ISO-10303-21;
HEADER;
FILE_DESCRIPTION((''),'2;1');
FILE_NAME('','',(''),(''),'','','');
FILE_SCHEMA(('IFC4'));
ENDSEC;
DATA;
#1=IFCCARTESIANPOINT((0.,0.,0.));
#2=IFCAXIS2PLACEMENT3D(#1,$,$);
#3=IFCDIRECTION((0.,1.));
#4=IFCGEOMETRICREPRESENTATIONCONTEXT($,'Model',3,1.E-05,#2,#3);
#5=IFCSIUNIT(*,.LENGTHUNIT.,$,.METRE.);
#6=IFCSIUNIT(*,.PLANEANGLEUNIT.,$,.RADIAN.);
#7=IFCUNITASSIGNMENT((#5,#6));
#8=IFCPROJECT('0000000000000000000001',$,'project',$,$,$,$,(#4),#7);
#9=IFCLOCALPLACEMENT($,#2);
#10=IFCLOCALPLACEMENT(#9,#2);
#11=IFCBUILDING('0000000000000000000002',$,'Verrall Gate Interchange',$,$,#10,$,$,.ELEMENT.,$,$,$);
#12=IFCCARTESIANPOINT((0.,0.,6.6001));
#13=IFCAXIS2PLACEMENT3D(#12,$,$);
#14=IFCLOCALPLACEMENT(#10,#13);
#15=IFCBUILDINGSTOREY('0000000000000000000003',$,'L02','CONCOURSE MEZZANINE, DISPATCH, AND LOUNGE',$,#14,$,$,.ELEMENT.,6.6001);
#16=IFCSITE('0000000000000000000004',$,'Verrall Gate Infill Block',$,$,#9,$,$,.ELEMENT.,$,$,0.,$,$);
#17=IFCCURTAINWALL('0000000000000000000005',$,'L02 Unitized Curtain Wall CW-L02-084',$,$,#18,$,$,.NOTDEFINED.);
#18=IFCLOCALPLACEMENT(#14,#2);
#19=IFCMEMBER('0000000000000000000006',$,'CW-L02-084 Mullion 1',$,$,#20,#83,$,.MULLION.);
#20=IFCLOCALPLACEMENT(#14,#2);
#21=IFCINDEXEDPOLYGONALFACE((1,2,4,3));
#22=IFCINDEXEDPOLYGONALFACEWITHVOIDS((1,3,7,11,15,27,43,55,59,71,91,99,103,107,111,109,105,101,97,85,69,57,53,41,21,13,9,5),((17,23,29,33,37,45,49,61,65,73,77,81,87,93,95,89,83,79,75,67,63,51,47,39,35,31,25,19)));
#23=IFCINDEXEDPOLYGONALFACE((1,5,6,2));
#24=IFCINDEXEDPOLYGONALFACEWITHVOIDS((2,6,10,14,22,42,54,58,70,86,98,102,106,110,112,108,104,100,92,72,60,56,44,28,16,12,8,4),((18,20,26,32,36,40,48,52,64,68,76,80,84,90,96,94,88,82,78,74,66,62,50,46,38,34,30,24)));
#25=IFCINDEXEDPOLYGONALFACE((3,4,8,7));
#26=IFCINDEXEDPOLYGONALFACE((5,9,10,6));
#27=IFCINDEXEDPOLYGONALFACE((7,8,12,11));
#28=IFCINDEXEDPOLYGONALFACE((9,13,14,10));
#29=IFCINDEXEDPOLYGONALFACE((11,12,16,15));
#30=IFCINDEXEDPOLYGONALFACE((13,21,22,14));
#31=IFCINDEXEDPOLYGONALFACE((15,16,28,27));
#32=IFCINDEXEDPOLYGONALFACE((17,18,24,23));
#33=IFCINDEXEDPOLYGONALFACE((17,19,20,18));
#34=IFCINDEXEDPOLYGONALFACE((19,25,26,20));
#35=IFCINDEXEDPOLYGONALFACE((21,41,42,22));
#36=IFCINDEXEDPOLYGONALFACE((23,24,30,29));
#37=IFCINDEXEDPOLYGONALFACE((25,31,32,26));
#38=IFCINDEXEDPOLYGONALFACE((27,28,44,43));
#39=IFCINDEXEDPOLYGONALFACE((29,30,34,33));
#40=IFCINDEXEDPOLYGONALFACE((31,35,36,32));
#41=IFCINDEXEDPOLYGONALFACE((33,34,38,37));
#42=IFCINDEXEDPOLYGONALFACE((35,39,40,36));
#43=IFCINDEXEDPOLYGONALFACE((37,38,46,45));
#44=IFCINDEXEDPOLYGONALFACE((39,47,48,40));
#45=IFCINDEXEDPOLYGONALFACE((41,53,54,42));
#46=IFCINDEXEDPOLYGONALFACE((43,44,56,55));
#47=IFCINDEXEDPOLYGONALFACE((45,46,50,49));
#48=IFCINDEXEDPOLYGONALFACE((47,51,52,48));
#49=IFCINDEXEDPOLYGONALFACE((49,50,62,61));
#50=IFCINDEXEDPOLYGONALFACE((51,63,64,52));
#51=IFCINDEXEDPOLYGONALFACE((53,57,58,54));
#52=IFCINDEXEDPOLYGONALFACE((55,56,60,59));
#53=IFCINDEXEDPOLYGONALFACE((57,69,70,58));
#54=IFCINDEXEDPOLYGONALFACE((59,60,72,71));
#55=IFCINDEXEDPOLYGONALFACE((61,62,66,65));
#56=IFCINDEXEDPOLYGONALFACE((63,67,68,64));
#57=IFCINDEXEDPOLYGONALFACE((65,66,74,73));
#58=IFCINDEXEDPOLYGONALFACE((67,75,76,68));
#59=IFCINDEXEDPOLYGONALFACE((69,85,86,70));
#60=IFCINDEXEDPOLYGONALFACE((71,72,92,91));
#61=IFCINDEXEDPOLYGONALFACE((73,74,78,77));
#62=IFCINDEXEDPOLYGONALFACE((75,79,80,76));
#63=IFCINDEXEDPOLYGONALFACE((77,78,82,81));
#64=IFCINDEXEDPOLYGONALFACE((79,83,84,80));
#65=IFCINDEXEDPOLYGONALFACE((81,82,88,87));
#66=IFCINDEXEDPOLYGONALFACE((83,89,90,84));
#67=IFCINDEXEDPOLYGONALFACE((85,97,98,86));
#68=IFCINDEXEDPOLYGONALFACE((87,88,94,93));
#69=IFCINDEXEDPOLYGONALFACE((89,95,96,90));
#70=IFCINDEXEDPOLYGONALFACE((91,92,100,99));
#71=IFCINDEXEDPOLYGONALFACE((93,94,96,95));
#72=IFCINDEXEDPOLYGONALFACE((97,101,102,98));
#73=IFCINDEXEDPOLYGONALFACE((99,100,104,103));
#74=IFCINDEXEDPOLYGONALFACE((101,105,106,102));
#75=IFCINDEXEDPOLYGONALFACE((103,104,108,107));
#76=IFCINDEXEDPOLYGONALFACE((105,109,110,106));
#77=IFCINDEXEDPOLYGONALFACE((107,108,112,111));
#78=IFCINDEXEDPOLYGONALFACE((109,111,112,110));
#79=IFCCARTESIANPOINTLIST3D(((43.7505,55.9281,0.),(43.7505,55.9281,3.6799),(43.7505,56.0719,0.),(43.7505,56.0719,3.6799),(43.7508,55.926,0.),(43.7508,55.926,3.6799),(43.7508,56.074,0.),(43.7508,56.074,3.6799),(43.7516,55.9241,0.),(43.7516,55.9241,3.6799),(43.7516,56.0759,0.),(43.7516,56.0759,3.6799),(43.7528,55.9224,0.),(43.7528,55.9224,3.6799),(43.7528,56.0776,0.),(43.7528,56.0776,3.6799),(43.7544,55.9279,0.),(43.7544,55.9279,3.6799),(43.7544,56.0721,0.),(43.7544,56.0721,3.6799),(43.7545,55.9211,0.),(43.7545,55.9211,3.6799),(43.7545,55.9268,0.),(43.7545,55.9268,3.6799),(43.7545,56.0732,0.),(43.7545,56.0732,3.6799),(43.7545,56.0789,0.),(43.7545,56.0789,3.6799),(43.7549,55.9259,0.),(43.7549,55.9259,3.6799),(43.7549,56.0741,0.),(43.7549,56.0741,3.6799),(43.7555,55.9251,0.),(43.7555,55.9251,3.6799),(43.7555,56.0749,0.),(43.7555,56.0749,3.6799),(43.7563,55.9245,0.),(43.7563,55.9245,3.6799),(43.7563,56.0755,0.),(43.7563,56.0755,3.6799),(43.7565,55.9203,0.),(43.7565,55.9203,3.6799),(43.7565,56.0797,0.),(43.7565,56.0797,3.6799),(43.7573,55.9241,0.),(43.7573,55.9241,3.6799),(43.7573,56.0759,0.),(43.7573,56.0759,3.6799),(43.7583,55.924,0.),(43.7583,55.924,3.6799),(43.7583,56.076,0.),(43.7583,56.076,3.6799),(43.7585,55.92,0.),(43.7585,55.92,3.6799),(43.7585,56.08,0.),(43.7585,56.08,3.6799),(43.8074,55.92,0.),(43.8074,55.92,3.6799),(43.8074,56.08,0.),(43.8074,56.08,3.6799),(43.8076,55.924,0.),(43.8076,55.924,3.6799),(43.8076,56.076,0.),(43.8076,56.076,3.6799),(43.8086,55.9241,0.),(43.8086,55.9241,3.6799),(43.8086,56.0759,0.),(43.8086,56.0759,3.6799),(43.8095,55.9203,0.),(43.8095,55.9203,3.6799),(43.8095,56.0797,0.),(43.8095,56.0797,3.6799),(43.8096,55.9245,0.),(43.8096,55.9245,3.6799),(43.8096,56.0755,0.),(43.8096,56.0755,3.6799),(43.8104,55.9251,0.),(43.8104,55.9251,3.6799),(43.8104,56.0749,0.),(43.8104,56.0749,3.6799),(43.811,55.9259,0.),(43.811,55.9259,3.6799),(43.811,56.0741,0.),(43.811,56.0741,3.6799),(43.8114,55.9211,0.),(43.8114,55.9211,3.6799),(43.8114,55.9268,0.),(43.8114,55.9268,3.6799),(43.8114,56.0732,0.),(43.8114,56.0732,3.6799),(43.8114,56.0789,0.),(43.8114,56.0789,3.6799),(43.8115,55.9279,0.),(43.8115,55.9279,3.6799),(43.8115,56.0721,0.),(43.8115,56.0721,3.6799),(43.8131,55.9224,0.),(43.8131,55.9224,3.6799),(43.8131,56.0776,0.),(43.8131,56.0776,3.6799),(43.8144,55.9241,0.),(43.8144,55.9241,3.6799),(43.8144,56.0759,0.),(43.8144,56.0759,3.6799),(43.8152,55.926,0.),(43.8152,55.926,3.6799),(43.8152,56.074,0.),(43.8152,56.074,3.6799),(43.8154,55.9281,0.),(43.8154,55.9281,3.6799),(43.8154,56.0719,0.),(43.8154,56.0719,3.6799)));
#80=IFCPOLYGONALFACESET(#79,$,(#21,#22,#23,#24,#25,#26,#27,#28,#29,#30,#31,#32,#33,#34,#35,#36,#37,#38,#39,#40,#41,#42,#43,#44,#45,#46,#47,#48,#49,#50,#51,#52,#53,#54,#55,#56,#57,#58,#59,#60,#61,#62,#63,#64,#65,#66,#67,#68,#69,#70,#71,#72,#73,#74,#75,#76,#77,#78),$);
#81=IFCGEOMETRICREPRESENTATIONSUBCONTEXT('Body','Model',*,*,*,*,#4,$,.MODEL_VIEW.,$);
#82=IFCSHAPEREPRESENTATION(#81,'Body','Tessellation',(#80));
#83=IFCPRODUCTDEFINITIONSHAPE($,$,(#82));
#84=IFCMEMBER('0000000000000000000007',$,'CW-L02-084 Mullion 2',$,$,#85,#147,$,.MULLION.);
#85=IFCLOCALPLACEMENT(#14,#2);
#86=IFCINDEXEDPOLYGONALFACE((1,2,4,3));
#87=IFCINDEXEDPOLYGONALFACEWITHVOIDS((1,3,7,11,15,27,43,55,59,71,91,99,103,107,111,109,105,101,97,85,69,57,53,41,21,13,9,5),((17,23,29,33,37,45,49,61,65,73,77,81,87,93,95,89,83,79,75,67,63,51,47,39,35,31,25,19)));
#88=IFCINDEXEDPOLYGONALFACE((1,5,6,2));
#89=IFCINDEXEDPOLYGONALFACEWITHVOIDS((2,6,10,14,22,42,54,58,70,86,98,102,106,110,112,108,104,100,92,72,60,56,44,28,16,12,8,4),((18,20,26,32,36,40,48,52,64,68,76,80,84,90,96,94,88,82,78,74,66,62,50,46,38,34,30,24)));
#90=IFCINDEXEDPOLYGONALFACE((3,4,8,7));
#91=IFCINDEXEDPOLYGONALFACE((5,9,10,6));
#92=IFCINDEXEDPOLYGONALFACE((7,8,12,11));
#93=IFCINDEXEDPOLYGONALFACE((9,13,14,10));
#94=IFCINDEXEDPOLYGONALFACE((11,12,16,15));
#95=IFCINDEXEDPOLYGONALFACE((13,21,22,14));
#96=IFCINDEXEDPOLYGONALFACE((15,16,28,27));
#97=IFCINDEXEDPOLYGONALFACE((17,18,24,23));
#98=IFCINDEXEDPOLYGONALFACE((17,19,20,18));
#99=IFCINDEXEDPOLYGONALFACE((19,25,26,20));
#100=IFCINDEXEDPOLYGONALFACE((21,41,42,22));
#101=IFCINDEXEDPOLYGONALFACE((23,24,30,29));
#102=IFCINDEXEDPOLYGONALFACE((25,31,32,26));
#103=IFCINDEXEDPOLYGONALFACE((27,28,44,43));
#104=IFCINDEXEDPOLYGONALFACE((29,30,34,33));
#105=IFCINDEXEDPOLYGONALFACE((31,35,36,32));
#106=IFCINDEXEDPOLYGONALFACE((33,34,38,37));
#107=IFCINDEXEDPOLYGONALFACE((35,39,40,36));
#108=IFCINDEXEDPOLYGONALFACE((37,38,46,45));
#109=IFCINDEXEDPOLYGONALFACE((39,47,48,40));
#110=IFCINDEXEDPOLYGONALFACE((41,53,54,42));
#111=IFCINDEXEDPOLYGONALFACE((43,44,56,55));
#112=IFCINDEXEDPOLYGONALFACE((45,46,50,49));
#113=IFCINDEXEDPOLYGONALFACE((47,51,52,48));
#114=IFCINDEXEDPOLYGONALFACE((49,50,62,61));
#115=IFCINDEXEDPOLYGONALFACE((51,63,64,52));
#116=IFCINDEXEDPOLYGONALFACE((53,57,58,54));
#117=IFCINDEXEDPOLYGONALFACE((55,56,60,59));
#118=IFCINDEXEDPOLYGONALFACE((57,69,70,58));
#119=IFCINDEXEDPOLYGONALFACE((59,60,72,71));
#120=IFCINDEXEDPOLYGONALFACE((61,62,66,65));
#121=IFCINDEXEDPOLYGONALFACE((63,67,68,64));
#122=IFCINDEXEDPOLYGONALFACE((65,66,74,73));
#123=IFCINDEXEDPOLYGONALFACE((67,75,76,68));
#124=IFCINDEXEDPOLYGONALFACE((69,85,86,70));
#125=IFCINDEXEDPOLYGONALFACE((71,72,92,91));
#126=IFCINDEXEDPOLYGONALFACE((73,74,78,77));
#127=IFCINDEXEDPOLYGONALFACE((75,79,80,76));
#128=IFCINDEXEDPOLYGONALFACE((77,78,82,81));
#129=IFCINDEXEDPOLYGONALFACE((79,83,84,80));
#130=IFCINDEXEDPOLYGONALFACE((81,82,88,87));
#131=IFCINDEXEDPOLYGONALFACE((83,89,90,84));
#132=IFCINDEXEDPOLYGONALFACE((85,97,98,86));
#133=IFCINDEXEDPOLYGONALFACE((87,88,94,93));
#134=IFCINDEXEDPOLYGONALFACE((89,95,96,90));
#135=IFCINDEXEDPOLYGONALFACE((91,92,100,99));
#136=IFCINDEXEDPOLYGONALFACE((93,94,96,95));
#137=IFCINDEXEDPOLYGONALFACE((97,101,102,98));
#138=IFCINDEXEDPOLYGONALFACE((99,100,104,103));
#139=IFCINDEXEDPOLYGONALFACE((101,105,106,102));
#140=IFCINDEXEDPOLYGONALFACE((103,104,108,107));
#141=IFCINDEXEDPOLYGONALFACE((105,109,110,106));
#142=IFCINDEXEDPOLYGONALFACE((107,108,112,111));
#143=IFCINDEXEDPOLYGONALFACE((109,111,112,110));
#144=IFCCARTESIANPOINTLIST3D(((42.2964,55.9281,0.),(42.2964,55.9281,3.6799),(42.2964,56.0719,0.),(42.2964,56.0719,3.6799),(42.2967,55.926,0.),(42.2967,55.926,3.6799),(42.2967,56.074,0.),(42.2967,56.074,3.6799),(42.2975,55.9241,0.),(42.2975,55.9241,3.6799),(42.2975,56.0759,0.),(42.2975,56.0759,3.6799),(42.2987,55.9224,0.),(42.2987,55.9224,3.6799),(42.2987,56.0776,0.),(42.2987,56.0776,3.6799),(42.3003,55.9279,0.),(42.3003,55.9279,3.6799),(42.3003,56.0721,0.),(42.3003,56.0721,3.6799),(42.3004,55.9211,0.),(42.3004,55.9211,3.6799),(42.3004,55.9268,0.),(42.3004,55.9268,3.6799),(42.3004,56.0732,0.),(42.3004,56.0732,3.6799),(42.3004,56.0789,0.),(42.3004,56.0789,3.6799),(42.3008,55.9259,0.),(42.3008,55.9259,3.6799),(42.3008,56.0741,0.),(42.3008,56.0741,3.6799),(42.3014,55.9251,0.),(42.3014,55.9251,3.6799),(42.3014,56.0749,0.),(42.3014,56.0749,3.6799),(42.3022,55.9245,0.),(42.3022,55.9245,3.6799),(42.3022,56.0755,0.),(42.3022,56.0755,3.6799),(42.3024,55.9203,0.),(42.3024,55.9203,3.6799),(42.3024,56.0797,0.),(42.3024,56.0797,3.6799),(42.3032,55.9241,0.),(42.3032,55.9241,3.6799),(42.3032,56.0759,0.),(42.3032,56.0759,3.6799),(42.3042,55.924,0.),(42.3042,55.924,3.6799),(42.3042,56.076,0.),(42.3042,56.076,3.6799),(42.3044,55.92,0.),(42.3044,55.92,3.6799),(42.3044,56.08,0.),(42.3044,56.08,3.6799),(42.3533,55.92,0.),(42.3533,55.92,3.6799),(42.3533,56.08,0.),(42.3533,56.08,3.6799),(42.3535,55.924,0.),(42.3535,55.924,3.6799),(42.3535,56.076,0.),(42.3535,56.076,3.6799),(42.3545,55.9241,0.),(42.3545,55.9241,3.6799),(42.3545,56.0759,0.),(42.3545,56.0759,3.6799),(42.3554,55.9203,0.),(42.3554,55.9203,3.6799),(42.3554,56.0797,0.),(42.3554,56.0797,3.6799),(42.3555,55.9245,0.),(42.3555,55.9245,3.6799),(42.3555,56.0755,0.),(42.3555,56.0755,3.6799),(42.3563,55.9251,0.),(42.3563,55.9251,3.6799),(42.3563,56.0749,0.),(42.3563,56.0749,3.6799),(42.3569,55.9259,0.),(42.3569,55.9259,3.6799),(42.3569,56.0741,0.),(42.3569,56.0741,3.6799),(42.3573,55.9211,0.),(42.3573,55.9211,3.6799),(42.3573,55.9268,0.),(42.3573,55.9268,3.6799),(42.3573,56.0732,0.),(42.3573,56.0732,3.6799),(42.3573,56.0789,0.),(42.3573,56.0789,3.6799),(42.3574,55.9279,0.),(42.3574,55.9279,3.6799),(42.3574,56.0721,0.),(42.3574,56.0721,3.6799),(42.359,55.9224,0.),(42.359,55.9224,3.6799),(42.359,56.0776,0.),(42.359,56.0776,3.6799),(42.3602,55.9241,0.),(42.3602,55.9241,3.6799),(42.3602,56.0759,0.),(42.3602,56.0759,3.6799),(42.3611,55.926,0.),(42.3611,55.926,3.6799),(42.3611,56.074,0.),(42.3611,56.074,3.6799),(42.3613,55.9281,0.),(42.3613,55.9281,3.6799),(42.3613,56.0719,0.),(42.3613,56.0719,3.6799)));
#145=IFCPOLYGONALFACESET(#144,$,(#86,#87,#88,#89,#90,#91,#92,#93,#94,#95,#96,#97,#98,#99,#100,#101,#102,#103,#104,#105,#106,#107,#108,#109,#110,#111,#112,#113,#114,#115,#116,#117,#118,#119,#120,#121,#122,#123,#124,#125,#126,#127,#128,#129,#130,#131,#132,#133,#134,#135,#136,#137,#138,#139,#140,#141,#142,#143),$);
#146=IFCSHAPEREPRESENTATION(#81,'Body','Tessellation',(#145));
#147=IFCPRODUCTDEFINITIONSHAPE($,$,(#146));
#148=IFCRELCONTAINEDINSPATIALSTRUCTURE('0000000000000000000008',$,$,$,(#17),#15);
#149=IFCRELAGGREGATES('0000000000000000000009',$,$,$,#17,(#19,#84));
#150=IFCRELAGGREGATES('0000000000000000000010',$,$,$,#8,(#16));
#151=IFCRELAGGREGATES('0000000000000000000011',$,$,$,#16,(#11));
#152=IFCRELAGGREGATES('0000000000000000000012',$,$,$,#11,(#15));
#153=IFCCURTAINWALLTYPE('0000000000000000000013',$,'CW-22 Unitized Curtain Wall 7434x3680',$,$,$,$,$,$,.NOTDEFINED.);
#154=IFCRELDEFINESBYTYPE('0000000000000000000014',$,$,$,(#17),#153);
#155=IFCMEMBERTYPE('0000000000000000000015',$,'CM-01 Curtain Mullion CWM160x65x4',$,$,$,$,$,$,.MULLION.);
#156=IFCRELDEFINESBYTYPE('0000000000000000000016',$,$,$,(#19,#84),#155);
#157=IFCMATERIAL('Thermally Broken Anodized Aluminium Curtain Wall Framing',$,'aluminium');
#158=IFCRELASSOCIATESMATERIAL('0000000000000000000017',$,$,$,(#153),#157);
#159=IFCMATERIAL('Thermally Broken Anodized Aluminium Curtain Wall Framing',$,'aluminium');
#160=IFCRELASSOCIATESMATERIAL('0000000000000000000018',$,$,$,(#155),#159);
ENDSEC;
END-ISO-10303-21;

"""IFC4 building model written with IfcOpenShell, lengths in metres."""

from ifc_helpers import new_model, si_unit, direction, frame, origin, origin_2d, place, context, subcontext, project, spatial, hollow_rectangle, extrude, material, material_profile, profile_set, type_object, element, aggregate, save


model = new_model("IFC4")

# Units and contexts
model_context = context("Model", 3, precision=1e-05, world=origin(), true_north=direction((0.0, 1.0)))
body_context = subcontext(model_context, "Body", "Model", "MODEL_VIEW")
ifc_project = project(units=[si_unit("LENGTHUNIT", "METRE"), si_unit("PLANEANGLEUNIT", "RADIAN")], contexts=[model_context])

# Site, building, storey
site_placement = place(None, origin())
site = spatial("IfcSite", under=ifc_project, at=site_placement, Name="Verrall Gate Infill Block", CompositionType="ELEMENT", RefElevation=0.0)
building_placement = place(site_placement, origin())
building = spatial("IfcBuilding", under=site, at=building_placement, Name="Verrall Gate Interchange", CompositionType="ELEMENT")
storey_placement = place(building_placement, frame((0.0, 0.0, 6.6001)))
storey = spatial("IfcBuildingStorey", under=building, at=storey_placement, Name="L02", Description="CONCOURSE MEZZANINE, DISPATCH, AND LOUNGE", CompositionType="ELEMENT", Elevation=6.6001)

# Curtain wall, members
ifc_material_1 = material(Name="Thermally Broken Anodized Aluminium Curtain Wall Framing", Category="aluminium")
curtain_wall_type_1 = type_object("IfcCurtainWallType", Name="CW-22 Unitized Curtain Wall 7434x3680", PredefinedType="NOTDEFINED", material=ifc_material_1)
curtain_wall_1_placement = place(storey_placement, origin())
curtain_wall_1 = element("IfcCurtainWall", 1, at=curtain_wall_1_placement, inside=storey, type_object=curtain_wall_type_1, Name="L02 Unitized Curtain Wall CW-L02-084", PredefinedType="NOTDEFINED")
ifc_material_2 = material(Name="Thermally Broken Anodized Aluminium Curtain Wall Framing", Category="aluminium")
ifc_material_profile_1 = material_profile(ifc_material_2, hollow_rectangle(XDim=0.0649, YDim=0.1599, WallThickness=0.0039, InnerFilletRadius=0.0039, OuterFilletRadius=0.0081, at=origin_2d()), Name="CWM160x65x4")
ifc_profile_set_1 = profile_set([ifc_material_profile_1], Name="Thermally Broken Anodized Aluminium Curtain Wall Framing")
member_type_1 = type_object("IfcMemberType", Name="CM-01 Curtain Mullion CWM160x65x4", PredefinedType="MULLION", material=ifc_profile_set_1)
member_1_placement = place(storey_placement, frame((43.783, 56.0, 0.0), z_axis=(0.0, 0.0, 1.0), x_axis=(-1.0, 0.0, 0.0)))
member_1 = element("IfcMember", 2, at=member_1_placement, type_object=member_type_1, Name="CW-L02-084 Mullion 1", PredefinedType="MULLION", context=body_context, shape_type="SweptSolid", body=[
    extrude(hollow_rectangle(XDim=0.0649, YDim=0.1599, WallThickness=0.0039, InnerFilletRadius=0.0039, OuterFilletRadius=0.0081, at=origin_2d()), origin(), (0.0, 0.0, 1.0), 3.6799),
])
member_2_placement = place(storey_placement, frame((42.3289, 56.0, 0.0), z_axis=(0.0, 0.0, 1.0), x_axis=(-1.0, 0.0, 0.0)))
member_2 = element("IfcMember", 3, at=member_2_placement, type_object=member_type_1, Name="CW-L02-084 Mullion 2", PredefinedType="MULLION", context=body_context, shape_type="SweptSolid", body=[
    extrude(hollow_rectangle(XDim=0.0649, YDim=0.1599, WallThickness=0.0039, InnerFilletRadius=0.0039, OuterFilletRadius=0.0081, at=origin_2d()), origin(), (0.0, 0.0, 1.0), 3.6799),
])

aggregate(curtain_wall_1, [member_1, member_2])

save(model, "model.ifc")
